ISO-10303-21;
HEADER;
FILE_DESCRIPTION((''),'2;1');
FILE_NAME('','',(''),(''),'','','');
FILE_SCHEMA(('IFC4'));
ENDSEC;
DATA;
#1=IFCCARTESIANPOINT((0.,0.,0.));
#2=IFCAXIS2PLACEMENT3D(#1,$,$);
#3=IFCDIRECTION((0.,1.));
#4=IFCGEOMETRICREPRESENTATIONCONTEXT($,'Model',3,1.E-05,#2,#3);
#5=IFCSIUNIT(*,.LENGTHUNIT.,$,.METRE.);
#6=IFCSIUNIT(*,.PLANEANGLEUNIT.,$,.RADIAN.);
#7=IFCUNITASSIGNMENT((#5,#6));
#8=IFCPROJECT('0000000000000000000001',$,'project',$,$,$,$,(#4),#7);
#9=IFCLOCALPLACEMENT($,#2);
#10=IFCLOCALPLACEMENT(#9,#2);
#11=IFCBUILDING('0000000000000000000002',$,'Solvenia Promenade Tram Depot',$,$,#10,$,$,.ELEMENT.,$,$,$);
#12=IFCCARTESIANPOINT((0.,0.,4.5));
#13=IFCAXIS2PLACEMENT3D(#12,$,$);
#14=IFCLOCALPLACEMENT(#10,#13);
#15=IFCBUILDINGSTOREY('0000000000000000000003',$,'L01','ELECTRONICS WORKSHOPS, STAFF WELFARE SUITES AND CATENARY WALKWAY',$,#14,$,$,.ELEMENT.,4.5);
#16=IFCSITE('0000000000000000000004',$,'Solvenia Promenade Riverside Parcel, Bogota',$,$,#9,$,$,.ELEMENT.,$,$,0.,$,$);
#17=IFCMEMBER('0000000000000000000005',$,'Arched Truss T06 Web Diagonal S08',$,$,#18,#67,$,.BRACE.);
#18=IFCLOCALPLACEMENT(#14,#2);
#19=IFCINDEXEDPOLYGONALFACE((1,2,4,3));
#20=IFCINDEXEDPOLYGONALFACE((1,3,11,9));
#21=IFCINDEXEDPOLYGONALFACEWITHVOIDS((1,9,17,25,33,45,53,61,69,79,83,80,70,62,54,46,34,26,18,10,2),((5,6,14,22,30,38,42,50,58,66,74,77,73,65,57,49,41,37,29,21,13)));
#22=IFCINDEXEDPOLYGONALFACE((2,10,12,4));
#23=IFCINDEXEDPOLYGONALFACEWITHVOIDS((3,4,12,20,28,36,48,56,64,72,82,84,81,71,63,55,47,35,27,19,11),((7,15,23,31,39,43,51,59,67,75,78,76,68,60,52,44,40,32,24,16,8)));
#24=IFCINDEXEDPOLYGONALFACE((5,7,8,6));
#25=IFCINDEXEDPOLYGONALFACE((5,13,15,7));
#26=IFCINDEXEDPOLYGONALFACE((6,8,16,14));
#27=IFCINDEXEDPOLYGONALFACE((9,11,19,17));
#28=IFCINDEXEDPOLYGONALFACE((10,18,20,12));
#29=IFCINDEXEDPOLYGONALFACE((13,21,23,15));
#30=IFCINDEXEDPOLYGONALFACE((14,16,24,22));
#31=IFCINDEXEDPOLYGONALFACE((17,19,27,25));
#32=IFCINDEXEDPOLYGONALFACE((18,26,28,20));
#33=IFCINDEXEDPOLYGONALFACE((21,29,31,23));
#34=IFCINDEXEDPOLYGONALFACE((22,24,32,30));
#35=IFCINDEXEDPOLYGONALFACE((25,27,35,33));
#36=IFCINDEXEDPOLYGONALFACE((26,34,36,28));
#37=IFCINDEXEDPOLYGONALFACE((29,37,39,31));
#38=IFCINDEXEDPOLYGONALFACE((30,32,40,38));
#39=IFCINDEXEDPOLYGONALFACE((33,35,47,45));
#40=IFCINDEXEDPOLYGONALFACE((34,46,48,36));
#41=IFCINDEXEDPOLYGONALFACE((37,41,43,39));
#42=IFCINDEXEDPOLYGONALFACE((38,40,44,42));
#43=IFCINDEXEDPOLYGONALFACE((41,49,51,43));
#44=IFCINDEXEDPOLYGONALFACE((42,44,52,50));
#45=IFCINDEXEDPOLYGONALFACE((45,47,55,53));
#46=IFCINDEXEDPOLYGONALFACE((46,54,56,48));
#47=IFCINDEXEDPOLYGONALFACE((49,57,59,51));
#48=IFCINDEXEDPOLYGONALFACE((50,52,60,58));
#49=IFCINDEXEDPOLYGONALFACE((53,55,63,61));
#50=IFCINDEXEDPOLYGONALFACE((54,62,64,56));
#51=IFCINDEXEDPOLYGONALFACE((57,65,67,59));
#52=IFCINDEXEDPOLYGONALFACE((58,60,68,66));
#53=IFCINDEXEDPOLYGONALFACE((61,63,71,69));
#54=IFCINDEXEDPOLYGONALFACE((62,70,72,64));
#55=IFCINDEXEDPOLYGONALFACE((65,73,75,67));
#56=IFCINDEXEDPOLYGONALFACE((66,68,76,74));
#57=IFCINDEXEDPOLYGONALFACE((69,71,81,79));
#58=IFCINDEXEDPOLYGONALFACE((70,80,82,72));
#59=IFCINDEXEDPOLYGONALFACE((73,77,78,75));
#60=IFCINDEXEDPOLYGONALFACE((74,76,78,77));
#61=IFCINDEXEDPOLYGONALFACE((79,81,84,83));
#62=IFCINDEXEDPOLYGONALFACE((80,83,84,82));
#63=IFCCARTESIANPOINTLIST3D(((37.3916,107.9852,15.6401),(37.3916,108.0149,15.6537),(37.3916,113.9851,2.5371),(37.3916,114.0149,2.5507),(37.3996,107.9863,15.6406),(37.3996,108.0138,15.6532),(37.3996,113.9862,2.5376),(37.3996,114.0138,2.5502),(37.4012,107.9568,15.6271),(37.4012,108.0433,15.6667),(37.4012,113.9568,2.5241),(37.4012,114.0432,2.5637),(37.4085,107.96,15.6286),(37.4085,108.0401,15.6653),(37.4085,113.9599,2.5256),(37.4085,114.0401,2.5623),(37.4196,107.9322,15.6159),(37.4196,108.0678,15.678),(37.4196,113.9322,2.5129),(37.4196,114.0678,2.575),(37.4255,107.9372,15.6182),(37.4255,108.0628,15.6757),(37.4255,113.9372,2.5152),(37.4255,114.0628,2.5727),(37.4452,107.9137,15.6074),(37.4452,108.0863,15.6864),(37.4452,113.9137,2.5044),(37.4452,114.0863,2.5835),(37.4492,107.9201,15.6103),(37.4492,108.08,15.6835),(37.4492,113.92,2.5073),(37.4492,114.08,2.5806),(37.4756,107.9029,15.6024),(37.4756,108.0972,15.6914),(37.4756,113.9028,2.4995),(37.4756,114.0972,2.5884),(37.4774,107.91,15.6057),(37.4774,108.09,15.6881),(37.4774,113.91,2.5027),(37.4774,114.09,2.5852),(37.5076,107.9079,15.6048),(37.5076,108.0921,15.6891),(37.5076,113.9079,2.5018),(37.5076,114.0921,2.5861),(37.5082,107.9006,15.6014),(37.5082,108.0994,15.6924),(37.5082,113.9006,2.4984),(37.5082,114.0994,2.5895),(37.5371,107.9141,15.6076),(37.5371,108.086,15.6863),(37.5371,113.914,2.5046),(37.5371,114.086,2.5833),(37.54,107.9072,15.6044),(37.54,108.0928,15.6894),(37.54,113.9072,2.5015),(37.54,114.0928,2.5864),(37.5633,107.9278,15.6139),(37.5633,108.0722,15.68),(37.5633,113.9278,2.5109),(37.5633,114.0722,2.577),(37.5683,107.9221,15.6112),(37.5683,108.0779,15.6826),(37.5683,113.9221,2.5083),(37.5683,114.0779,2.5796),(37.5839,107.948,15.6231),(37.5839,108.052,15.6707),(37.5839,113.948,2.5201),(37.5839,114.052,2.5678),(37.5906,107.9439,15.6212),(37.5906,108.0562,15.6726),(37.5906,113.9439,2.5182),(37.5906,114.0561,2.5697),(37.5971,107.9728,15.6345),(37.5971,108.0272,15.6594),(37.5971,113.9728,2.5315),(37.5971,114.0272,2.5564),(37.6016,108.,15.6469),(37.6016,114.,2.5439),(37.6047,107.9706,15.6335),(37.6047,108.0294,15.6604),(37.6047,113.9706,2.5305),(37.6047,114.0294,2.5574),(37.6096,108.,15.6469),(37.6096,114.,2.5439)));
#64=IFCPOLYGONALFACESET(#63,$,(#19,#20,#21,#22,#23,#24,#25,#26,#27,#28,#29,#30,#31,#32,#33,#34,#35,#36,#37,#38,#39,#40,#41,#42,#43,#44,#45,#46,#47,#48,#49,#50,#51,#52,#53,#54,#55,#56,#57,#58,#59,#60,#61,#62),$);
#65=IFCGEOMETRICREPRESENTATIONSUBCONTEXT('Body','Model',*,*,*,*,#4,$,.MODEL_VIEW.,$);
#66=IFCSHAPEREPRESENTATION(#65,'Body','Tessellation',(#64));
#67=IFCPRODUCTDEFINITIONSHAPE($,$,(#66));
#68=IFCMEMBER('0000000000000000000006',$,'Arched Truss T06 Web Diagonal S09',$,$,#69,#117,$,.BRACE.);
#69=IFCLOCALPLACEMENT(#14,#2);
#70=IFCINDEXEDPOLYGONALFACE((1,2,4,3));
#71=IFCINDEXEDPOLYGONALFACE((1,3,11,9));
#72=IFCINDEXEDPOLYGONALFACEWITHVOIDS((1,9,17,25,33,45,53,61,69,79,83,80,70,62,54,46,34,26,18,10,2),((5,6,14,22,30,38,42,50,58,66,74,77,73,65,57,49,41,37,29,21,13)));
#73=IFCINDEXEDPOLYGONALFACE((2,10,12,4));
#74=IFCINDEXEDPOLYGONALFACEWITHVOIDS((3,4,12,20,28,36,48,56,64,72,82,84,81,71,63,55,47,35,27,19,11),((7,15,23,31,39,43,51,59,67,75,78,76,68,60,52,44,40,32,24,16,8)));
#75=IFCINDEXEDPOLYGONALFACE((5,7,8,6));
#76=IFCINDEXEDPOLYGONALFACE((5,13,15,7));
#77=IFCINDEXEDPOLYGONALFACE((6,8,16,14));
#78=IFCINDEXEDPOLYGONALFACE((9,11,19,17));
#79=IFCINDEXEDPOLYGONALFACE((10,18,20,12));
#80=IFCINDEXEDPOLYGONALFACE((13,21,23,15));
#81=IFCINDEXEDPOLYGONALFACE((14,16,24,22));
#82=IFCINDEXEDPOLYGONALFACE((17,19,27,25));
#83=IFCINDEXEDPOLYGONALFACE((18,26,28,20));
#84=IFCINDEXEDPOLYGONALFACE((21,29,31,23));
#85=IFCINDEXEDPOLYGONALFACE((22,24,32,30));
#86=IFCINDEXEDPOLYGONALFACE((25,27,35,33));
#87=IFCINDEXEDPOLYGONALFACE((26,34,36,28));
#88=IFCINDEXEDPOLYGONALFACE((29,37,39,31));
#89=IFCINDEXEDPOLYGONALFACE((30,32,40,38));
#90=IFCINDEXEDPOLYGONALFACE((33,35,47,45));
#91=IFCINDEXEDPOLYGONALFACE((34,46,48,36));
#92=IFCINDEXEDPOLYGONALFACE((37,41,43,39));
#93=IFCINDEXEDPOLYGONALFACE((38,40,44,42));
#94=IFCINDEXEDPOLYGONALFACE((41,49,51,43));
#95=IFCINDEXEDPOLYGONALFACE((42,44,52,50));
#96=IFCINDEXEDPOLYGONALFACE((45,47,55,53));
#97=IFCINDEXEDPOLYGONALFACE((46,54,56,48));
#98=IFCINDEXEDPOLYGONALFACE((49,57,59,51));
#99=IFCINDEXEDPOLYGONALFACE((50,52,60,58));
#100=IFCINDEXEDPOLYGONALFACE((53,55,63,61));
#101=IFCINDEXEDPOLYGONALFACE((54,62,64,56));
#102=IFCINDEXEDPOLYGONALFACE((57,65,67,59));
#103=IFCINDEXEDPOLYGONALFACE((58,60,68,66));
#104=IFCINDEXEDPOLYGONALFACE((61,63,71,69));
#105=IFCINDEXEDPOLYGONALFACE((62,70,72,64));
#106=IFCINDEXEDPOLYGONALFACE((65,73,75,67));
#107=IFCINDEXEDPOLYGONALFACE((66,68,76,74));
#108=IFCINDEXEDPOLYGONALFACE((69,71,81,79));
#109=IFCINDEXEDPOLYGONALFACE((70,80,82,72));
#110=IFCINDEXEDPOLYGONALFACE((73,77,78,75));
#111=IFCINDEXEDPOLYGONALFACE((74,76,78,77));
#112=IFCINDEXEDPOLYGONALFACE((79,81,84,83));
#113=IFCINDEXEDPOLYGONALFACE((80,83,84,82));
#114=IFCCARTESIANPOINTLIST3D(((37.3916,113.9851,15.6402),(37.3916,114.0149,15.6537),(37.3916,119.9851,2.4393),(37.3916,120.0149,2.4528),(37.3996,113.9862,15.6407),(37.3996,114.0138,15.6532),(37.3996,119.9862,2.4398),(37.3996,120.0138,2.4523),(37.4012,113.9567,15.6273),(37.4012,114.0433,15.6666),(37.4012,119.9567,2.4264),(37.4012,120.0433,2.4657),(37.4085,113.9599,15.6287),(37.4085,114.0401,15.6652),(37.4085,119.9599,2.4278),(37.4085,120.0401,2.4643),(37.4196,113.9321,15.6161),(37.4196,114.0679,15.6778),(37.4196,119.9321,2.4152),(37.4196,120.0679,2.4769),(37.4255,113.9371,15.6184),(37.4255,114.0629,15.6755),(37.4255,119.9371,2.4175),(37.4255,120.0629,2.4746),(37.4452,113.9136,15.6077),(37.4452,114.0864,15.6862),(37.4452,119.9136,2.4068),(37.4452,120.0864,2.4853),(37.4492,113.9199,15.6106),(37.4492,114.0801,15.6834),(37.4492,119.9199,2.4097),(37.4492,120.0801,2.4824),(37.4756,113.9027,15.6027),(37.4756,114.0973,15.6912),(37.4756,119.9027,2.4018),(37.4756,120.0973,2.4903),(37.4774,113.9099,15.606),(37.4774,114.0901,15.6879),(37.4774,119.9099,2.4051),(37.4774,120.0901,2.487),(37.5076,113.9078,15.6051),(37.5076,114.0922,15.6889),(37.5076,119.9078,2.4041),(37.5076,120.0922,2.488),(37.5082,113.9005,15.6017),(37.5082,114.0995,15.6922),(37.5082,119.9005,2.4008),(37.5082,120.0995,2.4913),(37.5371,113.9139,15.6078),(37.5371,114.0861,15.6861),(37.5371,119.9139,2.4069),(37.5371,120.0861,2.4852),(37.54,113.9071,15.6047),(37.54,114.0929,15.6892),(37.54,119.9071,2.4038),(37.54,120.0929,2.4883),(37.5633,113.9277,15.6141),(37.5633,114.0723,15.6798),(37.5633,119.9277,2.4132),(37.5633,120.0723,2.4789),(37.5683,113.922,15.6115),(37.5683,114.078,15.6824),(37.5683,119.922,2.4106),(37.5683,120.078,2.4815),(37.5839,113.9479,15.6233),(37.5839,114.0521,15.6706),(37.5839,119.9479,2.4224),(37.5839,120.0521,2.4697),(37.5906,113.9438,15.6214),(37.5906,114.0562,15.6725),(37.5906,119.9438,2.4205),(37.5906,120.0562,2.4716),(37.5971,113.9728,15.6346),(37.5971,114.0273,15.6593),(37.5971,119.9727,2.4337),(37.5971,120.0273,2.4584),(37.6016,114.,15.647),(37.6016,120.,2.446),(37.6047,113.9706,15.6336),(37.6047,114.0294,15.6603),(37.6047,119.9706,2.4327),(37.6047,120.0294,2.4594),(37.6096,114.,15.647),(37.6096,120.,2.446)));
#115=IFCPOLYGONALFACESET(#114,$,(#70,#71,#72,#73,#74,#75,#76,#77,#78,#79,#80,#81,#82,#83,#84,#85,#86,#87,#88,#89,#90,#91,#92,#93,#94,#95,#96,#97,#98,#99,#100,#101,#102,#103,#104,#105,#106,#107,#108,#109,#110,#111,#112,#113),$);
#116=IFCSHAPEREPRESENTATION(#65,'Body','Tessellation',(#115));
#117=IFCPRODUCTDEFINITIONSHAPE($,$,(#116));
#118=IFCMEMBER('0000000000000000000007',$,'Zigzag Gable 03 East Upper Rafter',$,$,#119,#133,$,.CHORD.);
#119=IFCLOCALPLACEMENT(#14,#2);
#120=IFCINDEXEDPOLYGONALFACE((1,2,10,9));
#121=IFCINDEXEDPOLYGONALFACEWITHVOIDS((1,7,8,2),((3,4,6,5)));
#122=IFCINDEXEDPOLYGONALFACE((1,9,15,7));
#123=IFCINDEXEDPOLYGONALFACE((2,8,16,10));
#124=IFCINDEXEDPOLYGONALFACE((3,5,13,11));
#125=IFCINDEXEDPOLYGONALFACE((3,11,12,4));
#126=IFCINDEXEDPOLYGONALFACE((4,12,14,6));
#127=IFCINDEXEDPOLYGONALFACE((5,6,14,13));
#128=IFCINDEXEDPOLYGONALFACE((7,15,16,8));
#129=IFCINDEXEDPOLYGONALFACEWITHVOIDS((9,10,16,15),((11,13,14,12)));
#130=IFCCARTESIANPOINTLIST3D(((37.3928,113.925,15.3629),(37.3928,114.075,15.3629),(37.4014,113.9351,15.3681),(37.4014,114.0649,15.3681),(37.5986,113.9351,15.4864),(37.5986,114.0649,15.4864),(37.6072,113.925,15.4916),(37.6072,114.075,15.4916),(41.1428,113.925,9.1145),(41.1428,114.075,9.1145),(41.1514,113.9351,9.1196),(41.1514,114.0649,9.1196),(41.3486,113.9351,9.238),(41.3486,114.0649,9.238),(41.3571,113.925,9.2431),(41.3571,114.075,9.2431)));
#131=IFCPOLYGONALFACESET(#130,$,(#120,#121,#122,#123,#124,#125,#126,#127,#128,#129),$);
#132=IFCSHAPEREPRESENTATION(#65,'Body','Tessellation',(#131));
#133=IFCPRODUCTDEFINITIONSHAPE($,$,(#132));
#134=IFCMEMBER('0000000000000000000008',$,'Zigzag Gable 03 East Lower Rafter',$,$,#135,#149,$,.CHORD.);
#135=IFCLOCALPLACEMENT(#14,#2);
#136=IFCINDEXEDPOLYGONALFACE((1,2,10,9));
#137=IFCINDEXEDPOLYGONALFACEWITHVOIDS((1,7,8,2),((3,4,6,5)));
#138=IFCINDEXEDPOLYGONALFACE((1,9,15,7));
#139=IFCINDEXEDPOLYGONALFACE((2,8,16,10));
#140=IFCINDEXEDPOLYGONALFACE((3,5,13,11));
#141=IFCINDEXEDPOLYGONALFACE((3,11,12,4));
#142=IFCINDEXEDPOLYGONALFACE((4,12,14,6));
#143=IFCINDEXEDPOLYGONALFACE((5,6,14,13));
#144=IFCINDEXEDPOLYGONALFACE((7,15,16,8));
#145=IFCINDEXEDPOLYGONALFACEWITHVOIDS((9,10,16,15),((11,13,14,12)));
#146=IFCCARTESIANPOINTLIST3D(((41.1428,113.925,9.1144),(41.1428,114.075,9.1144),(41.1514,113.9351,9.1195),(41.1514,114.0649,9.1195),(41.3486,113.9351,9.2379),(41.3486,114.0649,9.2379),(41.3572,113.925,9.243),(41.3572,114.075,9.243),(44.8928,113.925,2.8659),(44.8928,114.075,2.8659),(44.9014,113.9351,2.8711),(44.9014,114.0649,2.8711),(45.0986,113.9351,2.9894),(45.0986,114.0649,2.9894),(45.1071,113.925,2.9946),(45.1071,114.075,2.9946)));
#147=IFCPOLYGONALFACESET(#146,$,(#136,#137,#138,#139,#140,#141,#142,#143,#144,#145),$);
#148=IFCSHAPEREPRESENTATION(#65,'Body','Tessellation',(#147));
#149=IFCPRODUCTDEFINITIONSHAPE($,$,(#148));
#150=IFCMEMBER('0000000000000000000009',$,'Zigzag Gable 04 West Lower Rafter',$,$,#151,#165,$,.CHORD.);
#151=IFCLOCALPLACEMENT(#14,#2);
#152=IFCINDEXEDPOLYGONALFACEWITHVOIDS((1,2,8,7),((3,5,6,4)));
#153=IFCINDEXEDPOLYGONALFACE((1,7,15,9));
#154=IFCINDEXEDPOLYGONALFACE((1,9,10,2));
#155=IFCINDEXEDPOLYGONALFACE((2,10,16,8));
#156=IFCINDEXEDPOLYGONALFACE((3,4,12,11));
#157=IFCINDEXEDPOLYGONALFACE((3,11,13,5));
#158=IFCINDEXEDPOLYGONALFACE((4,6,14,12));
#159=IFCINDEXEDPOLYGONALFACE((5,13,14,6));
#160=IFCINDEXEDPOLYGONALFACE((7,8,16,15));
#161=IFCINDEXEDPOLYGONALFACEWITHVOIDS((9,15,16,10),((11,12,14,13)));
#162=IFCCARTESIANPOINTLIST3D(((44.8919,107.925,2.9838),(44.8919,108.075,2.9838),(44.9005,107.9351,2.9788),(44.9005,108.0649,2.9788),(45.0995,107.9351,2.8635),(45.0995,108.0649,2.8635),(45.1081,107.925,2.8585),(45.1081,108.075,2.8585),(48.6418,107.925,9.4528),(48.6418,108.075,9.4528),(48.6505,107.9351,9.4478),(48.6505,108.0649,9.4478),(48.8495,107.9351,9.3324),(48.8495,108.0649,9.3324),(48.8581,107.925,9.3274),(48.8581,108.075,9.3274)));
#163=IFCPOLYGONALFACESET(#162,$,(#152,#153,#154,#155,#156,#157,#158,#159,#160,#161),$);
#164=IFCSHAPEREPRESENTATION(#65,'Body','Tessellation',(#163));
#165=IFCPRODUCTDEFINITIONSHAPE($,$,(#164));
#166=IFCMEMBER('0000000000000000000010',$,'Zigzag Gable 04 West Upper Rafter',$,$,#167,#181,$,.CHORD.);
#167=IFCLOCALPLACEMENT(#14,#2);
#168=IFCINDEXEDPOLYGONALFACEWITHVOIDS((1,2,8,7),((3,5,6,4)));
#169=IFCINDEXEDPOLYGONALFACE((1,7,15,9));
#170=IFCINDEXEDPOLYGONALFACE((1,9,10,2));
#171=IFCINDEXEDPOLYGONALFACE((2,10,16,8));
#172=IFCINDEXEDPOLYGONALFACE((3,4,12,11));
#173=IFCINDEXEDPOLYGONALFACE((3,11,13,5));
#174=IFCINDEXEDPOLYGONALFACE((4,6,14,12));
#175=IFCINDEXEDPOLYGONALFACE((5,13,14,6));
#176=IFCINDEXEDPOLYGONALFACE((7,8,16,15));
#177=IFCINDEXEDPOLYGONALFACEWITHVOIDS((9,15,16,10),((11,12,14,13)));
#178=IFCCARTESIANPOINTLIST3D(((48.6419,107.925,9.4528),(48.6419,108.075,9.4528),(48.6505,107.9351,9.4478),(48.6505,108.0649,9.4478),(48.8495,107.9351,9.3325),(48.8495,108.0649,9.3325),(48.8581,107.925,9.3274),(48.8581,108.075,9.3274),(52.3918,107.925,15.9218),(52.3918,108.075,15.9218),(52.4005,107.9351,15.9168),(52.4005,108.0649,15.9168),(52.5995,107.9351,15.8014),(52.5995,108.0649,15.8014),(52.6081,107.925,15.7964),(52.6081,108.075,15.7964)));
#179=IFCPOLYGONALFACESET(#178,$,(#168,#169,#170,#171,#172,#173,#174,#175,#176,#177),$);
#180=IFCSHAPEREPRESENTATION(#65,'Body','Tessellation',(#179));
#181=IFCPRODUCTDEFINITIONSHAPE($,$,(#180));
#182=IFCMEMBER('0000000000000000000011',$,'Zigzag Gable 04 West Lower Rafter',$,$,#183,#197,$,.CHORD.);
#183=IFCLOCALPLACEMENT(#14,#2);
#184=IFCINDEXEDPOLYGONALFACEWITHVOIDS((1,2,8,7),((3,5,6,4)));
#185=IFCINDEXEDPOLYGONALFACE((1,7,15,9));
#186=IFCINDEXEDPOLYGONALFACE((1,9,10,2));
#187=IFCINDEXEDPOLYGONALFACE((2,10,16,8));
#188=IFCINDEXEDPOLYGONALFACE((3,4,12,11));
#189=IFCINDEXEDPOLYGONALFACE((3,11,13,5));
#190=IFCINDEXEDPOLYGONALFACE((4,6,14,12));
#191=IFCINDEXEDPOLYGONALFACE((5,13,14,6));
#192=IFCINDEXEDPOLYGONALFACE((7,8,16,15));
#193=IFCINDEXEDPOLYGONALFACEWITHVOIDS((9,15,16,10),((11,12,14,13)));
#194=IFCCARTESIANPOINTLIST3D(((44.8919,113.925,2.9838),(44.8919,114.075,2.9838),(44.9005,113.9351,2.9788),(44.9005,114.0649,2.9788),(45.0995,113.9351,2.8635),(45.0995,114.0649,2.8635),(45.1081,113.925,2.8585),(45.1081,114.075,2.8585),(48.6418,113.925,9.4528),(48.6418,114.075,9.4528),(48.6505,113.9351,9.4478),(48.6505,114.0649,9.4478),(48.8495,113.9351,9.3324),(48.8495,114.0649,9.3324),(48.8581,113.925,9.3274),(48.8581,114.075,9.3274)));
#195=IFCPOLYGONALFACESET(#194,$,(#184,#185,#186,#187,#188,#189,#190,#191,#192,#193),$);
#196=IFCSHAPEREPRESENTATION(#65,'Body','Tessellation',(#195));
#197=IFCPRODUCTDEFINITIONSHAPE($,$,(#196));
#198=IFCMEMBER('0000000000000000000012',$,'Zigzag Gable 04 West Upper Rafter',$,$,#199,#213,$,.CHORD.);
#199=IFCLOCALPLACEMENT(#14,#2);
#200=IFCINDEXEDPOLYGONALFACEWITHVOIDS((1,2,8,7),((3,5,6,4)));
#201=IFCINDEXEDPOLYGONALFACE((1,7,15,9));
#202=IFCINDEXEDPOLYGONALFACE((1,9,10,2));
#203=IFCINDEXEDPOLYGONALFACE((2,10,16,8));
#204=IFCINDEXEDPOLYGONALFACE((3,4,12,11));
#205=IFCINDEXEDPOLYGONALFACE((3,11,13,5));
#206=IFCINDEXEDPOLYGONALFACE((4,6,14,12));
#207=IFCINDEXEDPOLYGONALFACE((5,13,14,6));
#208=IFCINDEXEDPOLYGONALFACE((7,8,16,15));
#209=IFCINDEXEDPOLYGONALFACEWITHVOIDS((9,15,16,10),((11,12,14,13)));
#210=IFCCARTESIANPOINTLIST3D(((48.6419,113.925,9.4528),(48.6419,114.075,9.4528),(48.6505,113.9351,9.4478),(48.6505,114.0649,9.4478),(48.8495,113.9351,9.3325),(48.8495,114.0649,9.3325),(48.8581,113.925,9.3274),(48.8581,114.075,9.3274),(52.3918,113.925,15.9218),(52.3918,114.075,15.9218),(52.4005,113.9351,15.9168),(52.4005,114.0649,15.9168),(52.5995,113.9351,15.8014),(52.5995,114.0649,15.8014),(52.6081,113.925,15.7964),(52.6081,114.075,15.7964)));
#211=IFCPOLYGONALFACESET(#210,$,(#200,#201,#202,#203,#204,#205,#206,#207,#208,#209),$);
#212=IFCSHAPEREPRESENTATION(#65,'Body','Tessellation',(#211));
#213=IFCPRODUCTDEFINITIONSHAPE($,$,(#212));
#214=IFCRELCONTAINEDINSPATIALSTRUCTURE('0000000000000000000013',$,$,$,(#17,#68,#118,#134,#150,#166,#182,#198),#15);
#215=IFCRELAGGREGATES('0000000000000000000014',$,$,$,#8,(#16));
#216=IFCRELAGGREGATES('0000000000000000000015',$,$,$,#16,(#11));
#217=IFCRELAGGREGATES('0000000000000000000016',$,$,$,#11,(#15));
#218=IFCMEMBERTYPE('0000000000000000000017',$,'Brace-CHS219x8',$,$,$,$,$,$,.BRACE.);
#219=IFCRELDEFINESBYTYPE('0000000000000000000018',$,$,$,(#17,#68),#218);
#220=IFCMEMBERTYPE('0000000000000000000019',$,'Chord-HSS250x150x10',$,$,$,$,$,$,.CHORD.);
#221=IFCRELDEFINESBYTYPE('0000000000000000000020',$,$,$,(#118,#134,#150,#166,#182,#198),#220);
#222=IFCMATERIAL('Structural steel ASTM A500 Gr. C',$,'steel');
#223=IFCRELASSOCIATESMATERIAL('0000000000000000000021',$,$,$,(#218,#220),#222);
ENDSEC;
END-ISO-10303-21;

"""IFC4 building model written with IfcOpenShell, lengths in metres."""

from ifc_helpers import new_model, si_unit, direction, frame, origin, origin_2d, place, context, subcontext, project, spatial, hollow_rectangle, hollow_circle, extrude, material, material_profile, profile_set, type_object, element, save


model = new_model("IFC4")

# Units and contexts
model_context = context("Model", 3, precision=1e-05, world=origin(), true_north=direction((0.0, 1.0)))
body_context = subcontext(model_context, "Body", "Model", "MODEL_VIEW")
ifc_project = project(units=[si_unit("LENGTHUNIT", "METRE"), si_unit("PLANEANGLEUNIT", "RADIAN")], contexts=[model_context])

# Site, building, storey
site_placement = place(None, origin())
site = spatial("IfcSite", under=ifc_project, at=site_placement, Name="Solvenia Promenade Riverside Parcel, Bogota", CompositionType="ELEMENT", RefElevation=0.0)
building_placement = place(site_placement, origin())
building = spatial("IfcBuilding", under=site, at=building_placement, Name="Solvenia Promenade Tram Depot", CompositionType="ELEMENT")
storey_placement = place(building_placement, frame((0.0, 0.0, 4.5)))
storey = spatial("IfcBuildingStorey", under=building, at=storey_placement, Name="L01", Description="ELECTRONICS WORKSHOPS, STAFF WELFARE SUITES AND CATENARY WALKWAY", CompositionType="ELEMENT", Elevation=4.5)

# Members
ifc_material_1 = material(Name="Structural steel ASTM A500 Gr. C", Category="steel")
ifc_material_profile_1 = material_profile(ifc_material_1, hollow_circle(Radius=0.1096, WallThickness=0.0081, at=origin_2d()), Name="CHS219.1x8", Category="steel")
ifc_profile_set_1 = profile_set([ifc_material_profile_1], Name="Structural steel ASTM A500 Gr. C")
member_type_1 = type_object("IfcMemberType", Name="Brace-CHS219x8", PredefinedType="BRACE", material=ifc_profile_set_1)
member_1_placement = place(storey_placement, frame((37.5, 114.0, 2.5439), z_axis=(0.0, -0.416336, 0.909211), x_axis=(1.0, 0.0, 0.0)))
element("IfcMember", 1, at=member_1_placement, inside=storey, type_object=member_type_1, Name="Arched Truss T06 Web Diagonal S08", PredefinedType="BRACE", context=body_context, shape_type="SweptSolid", body=[
    extrude(hollow_circle(Radius=0.1096, WallThickness=0.0081, at=origin_2d()), origin(), (0.0, 0.0, 1.0), 14.4114),
])
member_2_placement = place(storey_placement, frame((37.5, 120.0, 2.446), z_axis=(0.0, -0.413779, 0.910377), x_axis=(1.0, 0.0, 0.0)))
element("IfcMember", 2, at=member_2_placement, inside=storey, type_object=member_type_1, Name="Arched Truss T06 Web Diagonal S09", PredefinedType="BRACE", context=body_context, shape_type="SweptSolid", body=[
    extrude(hollow_circle(Radius=0.1096, WallThickness=0.0081, at=origin_2d()), origin(), (0.0, 0.0, 1.0), 14.5005),
])
ifc_material_profile_2 = material_profile(ifc_material_1, hollow_rectangle(XDim=0.1499, YDim=0.25, WallThickness=0.01, at=origin_2d()), Name="HSS250x150x10", Category="steel")
ifc_profile_set_2 = profile_set([ifc_material_profile_2], Name="Structural steel ASTM A500 Gr. C")
member_type_2 = type_object("IfcMemberType", Name="Chord-HSS250x150x10", PredefinedType="CHORD", material=ifc_profile_set_2)
for number, where, z_axis, x_axis, name in (
    (3, (37.5, 114.0, 15.4272), (0.514584, 0.0, -0.85744), (0.0, 1.0, 0.0), "Zigzag Gable 03 East Upper Rafter"),
    (4, (41.25, 114.0, 9.1787), (0.514584, 0.0, -0.85744), (0.0, 1.0, 0.0), "Zigzag Gable 03 East Lower Rafter"),
):
    element("IfcMember", number, at=place(storey_placement, frame(where, z_axis=z_axis, x_axis=x_axis)), inside=storey, type_object=member_type_2, Name=name, PredefinedType="CHORD", context=body_context, shape_type="SweptSolid", body=[
        extrude(hollow_rectangle(XDim=0.1499, YDim=0.25, WallThickness=0.01, at=origin_2d()), origin(), (0.0, 0.0, 1.0), 7.2874),
    ])
for number, where, z_axis, x_axis, name in (
    (5, (45.0, 108.0, 2.9211), (0.501516, 0.0, 0.865148), (0.0, 1.0, 0.0), "Zigzag Gable 04 West Lower Rafter"),
    (6, (48.75, 108.0, 9.3901), (0.501516, 0.0, 0.865148), (0.0, 1.0, 0.0), "Zigzag Gable 04 West Upper Rafter"),
    (7, (45.0, 114.0, 2.9211), (0.501516, 0.0, 0.865148), (0.0, 1.0, 0.0), "Zigzag Gable 04 West Lower Rafter"),
    (8, (48.75, 114.0, 9.3901), (0.501516, 0.0, 0.865148), (0.0, 1.0, 0.0), "Zigzag Gable 04 West Upper Rafter"),
):
    element("IfcMember", number, at=place(storey_placement, frame(where, z_axis=z_axis, x_axis=x_axis)), inside=storey, type_object=member_type_2, Name=name, PredefinedType="CHORD", context=body_context, shape_type="SweptSolid", body=[
        extrude(hollow_rectangle(XDim=0.1499, YDim=0.25, WallThickness=0.01, at=origin_2d()), origin(), (0.0, 0.0, 1.0), 7.4773),
    ])

save(model, "model.ifc")
